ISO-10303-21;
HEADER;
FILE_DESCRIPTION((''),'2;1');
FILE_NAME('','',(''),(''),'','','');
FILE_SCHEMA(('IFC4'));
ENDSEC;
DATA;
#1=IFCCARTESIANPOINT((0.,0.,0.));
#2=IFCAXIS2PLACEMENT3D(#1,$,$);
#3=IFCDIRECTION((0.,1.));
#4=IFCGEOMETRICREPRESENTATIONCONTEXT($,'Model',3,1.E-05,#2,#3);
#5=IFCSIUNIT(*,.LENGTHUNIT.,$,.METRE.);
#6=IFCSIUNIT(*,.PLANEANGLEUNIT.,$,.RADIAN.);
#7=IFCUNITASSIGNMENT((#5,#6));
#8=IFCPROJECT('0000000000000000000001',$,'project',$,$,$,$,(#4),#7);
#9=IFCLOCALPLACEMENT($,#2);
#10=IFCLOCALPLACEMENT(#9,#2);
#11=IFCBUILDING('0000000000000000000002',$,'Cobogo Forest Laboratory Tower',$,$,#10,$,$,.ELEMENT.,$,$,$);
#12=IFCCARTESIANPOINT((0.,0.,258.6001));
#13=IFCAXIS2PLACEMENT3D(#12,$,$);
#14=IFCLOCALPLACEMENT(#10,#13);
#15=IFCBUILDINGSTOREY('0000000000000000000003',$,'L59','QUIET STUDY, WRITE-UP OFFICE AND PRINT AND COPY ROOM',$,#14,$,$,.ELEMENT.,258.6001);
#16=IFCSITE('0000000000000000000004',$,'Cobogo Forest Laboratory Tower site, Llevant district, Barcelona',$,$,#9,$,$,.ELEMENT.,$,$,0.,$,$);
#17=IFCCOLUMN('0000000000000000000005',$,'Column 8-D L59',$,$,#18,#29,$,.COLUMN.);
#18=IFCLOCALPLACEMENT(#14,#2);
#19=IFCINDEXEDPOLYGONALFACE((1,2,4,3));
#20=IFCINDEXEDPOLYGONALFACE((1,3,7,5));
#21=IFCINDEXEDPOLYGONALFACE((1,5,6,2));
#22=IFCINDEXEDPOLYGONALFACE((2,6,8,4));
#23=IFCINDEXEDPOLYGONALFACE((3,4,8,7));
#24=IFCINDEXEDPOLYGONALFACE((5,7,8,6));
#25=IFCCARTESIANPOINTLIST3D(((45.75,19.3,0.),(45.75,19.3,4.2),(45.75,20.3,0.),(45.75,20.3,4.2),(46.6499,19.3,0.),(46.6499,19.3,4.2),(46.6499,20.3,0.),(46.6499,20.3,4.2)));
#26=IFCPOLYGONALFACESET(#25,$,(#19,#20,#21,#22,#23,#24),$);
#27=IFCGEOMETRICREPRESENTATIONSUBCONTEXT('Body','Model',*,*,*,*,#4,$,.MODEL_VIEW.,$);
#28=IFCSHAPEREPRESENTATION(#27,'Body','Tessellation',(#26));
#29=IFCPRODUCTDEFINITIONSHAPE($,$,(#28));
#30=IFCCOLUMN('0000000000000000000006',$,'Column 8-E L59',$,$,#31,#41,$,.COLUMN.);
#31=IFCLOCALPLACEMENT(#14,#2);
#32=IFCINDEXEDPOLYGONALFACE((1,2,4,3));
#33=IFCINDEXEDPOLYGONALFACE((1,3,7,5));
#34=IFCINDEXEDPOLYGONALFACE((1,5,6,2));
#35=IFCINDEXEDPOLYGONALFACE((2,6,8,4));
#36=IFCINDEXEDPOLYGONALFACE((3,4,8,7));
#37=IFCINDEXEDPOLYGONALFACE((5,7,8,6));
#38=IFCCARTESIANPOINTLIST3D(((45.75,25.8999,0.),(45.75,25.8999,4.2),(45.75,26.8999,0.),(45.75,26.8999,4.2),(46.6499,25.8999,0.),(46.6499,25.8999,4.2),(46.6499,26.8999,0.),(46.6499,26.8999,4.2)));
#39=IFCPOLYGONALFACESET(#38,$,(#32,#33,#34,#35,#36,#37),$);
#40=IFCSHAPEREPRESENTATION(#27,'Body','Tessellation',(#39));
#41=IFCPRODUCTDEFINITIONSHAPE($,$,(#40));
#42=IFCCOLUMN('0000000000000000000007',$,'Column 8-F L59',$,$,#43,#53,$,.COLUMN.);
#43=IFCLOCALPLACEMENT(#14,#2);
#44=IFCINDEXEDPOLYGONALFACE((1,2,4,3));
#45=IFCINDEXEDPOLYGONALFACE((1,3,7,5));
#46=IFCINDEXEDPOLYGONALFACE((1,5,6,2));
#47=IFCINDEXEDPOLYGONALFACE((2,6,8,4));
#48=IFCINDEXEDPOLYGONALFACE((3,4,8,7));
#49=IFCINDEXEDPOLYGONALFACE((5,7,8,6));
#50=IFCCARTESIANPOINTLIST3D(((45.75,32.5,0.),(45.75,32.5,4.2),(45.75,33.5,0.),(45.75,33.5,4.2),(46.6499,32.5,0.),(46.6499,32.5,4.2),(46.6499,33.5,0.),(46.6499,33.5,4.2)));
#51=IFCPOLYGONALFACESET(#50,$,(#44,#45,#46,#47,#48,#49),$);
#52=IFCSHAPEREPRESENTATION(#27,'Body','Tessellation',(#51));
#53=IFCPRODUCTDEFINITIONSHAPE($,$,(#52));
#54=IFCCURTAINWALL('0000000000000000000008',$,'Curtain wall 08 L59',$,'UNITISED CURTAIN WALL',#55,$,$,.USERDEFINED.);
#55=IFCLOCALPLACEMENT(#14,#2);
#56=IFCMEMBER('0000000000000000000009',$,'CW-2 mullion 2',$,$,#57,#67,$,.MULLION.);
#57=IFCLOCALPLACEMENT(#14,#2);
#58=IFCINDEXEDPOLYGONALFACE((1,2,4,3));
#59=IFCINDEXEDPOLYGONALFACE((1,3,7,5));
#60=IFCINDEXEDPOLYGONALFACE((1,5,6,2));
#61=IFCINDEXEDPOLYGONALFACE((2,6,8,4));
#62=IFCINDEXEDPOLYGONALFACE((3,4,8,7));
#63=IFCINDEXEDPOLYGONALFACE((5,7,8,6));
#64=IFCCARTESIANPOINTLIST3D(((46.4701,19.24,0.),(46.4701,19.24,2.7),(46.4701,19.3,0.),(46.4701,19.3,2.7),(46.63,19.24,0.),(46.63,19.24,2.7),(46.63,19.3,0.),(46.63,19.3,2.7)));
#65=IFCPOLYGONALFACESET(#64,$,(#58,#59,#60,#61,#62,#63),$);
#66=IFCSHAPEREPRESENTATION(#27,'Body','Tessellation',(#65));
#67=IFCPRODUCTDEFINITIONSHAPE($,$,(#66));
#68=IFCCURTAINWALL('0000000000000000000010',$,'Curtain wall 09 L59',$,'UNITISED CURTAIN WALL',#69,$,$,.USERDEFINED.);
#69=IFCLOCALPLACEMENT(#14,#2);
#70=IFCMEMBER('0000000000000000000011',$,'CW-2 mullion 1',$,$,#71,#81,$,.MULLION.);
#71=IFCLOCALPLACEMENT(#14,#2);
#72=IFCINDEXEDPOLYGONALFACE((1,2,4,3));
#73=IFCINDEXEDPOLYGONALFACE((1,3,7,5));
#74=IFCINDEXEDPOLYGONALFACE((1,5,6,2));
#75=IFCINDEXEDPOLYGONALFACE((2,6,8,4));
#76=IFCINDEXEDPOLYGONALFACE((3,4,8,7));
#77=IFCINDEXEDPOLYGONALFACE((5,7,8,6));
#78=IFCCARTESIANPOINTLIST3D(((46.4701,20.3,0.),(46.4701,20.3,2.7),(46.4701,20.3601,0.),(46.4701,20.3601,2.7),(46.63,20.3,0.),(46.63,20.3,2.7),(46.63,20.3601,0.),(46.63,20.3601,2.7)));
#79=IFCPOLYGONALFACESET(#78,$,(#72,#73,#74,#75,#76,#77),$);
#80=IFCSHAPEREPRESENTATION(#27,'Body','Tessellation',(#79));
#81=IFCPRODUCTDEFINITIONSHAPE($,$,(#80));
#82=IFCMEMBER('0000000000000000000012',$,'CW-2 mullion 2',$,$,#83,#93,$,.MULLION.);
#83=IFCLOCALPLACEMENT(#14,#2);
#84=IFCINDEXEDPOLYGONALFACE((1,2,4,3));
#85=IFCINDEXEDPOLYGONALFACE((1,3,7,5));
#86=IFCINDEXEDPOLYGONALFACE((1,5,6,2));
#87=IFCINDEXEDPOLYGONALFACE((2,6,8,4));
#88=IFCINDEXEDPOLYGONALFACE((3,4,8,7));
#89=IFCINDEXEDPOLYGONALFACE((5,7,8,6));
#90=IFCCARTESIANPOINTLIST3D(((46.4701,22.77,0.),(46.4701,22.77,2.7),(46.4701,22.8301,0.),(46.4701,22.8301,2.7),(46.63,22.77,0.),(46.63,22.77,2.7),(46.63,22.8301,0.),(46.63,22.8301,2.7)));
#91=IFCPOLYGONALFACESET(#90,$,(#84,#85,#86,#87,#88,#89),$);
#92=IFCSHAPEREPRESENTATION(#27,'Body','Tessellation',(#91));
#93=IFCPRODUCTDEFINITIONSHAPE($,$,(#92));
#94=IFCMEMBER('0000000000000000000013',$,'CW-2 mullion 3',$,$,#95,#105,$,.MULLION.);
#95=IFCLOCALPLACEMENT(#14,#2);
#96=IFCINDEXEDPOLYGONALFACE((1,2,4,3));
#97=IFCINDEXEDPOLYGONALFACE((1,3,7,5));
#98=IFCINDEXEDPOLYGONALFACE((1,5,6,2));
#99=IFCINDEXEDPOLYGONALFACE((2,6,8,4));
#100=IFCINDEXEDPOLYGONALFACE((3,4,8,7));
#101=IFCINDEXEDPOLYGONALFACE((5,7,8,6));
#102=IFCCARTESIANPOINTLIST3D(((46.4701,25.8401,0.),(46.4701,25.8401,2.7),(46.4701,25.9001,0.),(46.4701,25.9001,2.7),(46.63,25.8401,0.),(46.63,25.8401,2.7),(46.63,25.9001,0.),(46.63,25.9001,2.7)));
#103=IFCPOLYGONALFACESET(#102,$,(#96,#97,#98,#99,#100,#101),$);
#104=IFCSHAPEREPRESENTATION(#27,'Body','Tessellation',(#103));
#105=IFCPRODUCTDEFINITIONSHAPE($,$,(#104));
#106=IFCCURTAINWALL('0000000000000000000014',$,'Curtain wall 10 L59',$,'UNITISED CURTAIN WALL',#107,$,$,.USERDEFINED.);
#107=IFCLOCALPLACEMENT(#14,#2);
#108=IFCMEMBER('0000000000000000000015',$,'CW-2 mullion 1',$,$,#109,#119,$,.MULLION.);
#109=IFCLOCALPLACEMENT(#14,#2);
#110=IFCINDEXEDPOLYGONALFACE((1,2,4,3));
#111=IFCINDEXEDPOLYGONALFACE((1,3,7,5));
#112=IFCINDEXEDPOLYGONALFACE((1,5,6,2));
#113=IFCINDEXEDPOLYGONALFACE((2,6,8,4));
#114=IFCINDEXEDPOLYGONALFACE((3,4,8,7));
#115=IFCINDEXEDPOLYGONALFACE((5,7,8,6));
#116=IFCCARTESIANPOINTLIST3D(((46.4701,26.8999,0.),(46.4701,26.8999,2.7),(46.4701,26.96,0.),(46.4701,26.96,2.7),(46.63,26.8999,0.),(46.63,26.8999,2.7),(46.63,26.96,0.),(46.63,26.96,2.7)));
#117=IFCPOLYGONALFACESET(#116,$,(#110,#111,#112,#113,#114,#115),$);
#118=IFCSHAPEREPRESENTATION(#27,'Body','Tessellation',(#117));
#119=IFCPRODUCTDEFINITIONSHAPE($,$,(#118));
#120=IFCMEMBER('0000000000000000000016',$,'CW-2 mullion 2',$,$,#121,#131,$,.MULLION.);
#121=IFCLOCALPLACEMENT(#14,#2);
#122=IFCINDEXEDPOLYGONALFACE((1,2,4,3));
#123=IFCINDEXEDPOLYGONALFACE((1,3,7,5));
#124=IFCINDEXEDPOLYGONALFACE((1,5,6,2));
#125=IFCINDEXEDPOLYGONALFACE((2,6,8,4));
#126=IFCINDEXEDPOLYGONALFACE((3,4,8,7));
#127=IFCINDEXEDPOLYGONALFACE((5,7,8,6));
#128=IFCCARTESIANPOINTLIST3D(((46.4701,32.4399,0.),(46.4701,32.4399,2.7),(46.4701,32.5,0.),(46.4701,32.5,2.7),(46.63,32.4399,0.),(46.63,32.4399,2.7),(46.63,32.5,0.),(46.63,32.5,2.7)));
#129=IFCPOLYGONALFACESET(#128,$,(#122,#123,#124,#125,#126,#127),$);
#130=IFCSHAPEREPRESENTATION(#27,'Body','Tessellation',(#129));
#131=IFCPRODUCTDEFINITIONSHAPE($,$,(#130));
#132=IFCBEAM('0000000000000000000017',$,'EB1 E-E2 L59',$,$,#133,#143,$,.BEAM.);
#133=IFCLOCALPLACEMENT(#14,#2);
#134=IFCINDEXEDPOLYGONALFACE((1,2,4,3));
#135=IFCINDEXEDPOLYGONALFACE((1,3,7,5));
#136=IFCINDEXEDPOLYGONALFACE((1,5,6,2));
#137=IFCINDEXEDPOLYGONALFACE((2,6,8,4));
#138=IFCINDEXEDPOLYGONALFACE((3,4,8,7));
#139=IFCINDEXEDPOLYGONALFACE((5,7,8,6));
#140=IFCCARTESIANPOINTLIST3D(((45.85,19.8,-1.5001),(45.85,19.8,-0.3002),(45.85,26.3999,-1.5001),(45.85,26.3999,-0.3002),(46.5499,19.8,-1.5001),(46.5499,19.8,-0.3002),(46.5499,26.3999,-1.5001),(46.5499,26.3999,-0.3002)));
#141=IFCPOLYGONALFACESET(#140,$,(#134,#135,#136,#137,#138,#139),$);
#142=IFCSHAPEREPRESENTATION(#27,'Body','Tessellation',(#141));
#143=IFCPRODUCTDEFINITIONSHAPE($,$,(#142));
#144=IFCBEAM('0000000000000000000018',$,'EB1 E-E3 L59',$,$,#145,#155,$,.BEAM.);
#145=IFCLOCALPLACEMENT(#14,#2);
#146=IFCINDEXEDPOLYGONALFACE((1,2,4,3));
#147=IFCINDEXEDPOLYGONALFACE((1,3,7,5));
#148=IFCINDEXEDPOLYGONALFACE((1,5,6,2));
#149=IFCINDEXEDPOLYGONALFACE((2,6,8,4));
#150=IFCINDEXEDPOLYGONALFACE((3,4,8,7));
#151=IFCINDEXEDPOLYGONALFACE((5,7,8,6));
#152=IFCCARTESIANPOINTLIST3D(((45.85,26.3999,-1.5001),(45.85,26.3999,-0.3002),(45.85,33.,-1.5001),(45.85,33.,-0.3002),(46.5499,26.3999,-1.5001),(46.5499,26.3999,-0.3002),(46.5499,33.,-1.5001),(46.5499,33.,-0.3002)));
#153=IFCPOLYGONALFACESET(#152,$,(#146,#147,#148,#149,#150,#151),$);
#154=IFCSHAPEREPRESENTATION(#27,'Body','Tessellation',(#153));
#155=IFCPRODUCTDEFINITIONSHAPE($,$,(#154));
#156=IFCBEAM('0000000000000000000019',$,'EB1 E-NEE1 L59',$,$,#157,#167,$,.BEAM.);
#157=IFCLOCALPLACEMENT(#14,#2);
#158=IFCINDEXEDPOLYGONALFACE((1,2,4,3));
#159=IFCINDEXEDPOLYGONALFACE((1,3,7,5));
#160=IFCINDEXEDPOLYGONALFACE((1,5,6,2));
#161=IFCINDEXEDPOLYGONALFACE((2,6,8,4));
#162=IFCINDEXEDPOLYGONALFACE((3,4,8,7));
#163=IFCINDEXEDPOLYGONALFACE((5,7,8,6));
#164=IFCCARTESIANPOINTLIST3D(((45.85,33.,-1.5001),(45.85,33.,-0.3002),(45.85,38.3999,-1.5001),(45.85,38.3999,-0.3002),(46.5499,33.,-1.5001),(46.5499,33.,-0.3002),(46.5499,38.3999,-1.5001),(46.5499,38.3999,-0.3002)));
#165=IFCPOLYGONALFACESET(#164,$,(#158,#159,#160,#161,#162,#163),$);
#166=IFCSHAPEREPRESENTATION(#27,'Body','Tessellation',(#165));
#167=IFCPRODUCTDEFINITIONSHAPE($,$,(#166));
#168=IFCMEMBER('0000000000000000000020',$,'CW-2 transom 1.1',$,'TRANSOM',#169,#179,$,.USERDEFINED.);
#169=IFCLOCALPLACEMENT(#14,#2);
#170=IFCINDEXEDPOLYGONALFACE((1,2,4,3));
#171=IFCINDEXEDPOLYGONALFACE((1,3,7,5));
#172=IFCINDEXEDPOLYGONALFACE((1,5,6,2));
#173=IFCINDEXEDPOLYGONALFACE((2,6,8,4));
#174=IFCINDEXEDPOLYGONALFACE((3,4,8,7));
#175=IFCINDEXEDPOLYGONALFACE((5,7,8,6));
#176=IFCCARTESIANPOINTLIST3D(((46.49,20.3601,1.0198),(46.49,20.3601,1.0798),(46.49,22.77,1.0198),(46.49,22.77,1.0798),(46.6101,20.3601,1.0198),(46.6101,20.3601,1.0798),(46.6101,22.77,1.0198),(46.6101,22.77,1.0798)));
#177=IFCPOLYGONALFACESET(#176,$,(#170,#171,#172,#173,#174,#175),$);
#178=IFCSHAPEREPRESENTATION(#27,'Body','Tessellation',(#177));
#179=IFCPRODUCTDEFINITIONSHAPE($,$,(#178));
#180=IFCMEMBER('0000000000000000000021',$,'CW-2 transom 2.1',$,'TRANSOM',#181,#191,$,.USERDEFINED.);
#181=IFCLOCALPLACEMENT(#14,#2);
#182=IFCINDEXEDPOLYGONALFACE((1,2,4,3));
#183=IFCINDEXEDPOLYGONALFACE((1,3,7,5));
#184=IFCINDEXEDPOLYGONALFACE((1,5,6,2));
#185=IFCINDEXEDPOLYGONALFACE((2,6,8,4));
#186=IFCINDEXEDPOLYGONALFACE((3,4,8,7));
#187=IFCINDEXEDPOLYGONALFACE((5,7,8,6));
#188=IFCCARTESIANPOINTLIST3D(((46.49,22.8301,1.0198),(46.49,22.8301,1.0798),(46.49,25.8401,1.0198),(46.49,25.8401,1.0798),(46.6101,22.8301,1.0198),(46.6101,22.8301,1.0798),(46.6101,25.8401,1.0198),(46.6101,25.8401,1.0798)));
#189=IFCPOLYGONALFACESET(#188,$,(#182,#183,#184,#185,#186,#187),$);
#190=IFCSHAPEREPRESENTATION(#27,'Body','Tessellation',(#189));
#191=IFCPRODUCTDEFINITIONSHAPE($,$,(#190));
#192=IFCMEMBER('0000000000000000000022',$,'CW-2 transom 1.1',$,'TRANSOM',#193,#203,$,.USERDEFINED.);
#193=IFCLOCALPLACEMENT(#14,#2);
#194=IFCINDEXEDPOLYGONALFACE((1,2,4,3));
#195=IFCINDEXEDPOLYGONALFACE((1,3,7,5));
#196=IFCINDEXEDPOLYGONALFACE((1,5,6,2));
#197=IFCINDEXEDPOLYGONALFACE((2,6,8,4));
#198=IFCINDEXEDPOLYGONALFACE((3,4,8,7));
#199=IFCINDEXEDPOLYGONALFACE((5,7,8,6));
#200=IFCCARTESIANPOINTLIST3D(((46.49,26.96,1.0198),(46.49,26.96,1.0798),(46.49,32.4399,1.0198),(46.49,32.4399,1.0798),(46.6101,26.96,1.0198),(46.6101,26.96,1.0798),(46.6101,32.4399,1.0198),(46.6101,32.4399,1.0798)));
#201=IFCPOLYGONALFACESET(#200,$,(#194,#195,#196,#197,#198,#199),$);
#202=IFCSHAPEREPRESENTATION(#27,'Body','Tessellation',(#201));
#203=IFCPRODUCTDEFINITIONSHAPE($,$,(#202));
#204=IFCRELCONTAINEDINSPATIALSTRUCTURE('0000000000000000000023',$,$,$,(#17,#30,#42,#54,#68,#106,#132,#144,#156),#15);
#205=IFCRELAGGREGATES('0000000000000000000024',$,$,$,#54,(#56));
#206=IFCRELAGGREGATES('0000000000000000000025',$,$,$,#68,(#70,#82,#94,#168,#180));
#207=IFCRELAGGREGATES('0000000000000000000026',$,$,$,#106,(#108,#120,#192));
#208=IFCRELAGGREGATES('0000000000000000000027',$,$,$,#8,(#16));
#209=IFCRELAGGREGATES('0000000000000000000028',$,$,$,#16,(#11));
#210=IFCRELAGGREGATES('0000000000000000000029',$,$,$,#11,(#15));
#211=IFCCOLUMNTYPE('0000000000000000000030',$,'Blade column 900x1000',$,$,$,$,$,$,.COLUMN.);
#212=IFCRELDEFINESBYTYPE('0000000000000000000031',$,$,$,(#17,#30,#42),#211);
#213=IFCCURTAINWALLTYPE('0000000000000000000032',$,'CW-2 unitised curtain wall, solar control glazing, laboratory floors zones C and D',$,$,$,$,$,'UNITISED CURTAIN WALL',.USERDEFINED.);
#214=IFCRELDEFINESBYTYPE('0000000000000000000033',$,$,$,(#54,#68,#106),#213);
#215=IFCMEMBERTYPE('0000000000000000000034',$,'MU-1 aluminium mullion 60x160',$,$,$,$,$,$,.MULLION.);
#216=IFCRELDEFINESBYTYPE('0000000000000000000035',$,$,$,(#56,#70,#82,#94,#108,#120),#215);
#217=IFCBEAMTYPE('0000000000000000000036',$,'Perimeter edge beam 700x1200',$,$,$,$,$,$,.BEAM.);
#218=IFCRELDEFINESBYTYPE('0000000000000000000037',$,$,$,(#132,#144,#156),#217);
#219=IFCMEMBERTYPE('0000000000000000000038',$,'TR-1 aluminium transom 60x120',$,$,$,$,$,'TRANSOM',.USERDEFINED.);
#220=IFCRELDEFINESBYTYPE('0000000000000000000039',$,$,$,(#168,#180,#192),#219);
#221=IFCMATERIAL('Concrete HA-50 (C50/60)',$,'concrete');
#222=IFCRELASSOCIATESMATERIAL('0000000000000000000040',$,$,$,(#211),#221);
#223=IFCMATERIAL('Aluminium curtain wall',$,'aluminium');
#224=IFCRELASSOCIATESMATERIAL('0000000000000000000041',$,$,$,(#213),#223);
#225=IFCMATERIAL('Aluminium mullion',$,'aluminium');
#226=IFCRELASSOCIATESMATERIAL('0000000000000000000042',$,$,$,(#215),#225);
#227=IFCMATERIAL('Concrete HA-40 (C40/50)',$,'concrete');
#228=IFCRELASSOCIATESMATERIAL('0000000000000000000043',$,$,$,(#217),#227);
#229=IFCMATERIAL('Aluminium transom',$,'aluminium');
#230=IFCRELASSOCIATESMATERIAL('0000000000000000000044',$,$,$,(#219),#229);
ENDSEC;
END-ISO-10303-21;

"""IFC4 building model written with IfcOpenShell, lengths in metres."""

from ifc_helpers import new_model, si_unit, direction, frame, origin, origin_2d, place, context, subcontext, project, spatial, rectangle, extrude, material, material_profile, profile_set, type_object, element, aggregate, save


model = new_model("IFC4")

# Units and contexts
model_context = context("Model", 3, precision=1e-05, world=origin(), true_north=direction((0.0, 1.0)))
body_context = subcontext(model_context, "Body", "Model", "MODEL_VIEW")
ifc_project = project(units=[si_unit("LENGTHUNIT", "METRE"), si_unit("PLANEANGLEUNIT", "RADIAN")], contexts=[model_context])

# Site, building, storey
site_placement = place(None, origin())
site = spatial("IfcSite", under=ifc_project, at=site_placement, Name="Cobogo Forest Laboratory Tower site, Llevant district, Barcelona", CompositionType="ELEMENT", RefElevation=0.0)
building_placement = place(site_placement, origin())
building = spatial("IfcBuilding", under=site, at=building_placement, Name="Cobogo Forest Laboratory Tower", CompositionType="ELEMENT")
storey_placement = place(building_placement, frame((0.0, 0.0, 258.6001)))
storey = spatial("IfcBuildingStorey", under=building, at=storey_placement, Name="L59", Description="QUIET STUDY, WRITE-UP OFFICE AND PRINT AND COPY ROOM", CompositionType="ELEMENT", Elevation=258.6001)

# Columns
ifc_material_1 = material(Name="Concrete HA-50 (C50/60)", Category="concrete")
ifc_material_profile_1 = material_profile(ifc_material_1, rectangle(XDim=1.0, YDim=0.8999, at=origin_2d()), Name="RC 900x1000")
ifc_profile_set_1 = profile_set([ifc_material_profile_1], Name="Concrete HA-50 (C50/60)")
column_type = type_object("IfcColumnType", Name="Blade column 900x1000", PredefinedType="COLUMN", material=ifc_profile_set_1)
for number, where, z_axis, x_axis, name in (
    (1, (46.2, 19.8, 0.0), (0.0, 0.0, 1.0), (0.0, 1.0, 0.0), "Column 8-D L59"),
    (2, (46.2, 26.3999, 0.0), (0.0, 0.0, 1.0), (0.0, 1.0, 0.0), "Column 8-E L59"),
    (3, (46.2, 33.0, 0.0), (0.0, 0.0, 1.0), (0.0, 1.0, 0.0), "Column 8-F L59"),
):
    element("IfcColumn", number, at=place(storey_placement, frame(where, z_axis=z_axis, x_axis=x_axis)), inside=storey, type_object=column_type, Name=name, PredefinedType="COLUMN", context=body_context, shape_type="SweptSolid", body=[
        extrude(rectangle(XDim=1.0, YDim=0.8999, at=origin_2d()), origin(), (0.0, 0.0, 1.0), 4.2),
    ])

# Curtain wall, member
ifc_material_2 = material(Name="Aluminium curtain wall", Category="aluminium")
curtain_wall_type = type_object("IfcCurtainWallType", Name="CW-2 unitised curtain wall, solar control glazing, laboratory floors zones C and D", ElementType="UNITISED CURTAIN WALL", PredefinedType="USERDEFINED", material=ifc_material_2)
curtain_wall_1_placement = place(storey_placement, origin())
curtain_wall_1 = element("IfcCurtainWall", 4, at=curtain_wall_1_placement, inside=storey, type_object=curtain_wall_type, Name="Curtain wall 08 L59", ObjectType="UNITISED CURTAIN WALL", PredefinedType="USERDEFINED")
ifc_material_3 = material(Name="Aluminium mullion", Category="aluminium")
ifc_material_profile_2 = material_profile(ifc_material_3, rectangle(XDim=0.0601, YDim=0.1599, at=origin_2d()), Name="AL 60x160")
ifc_profile_set_2 = profile_set([ifc_material_profile_2], Name="Aluminium mullion")
member_type_1 = type_object("IfcMemberType", Name="MU-1 aluminium mullion 60x160", PredefinedType="MULLION", material=ifc_profile_set_2)
member_1_placement = place(storey_placement, frame((46.55, 19.27, 0.0), z_axis=(0.0, 0.0, 1.0), x_axis=(0.0, 1.0, 0.0)))
member_1 = element("IfcMember", 5, at=member_1_placement, type_object=member_type_1, Name="CW-2 mullion 2", PredefinedType="MULLION", context=body_context, shape_type="SweptSolid", body=[
    extrude(rectangle(XDim=0.0601, YDim=0.1599, at=origin_2d()), origin(), (0.0, 0.0, 1.0), 2.7),
])
aggregate(curtain_wall_1, [member_1])

# Curtain walls, members
curtain_wall_2_placement = place(storey_placement, origin())
curtain_wall_2 = element("IfcCurtainWall", 6, at=curtain_wall_2_placement, inside=storey, type_object=curtain_wall_type, Name="Curtain wall 09 L59", ObjectType="UNITISED CURTAIN WALL", PredefinedType="USERDEFINED")
member_2_placement = place(storey_placement, frame((46.55, 20.3301, 0.0), z_axis=(0.0, 0.0, 1.0), x_axis=(0.0, 1.0, 0.0)))
member_2 = element("IfcMember", 7, at=member_2_placement, type_object=member_type_1, Name="CW-2 mullion 1", PredefinedType="MULLION", context=body_context, shape_type="SweptSolid", body=[
    extrude(rectangle(XDim=0.0601, YDim=0.1599, at=origin_2d()), origin(), (0.0, 0.0, 1.0), 2.7),
])
member_3_placement = place(storey_placement, frame((46.55, 22.8, 0.0), z_axis=(0.0, 0.0, 1.0), x_axis=(0.0, 1.0, 0.0)))
member_3 = element("IfcMember", 8, at=member_3_placement, type_object=member_type_1, Name="CW-2 mullion 2", PredefinedType="MULLION", context=body_context, shape_type="SweptSolid", body=[
    extrude(rectangle(XDim=0.0601, YDim=0.1599, at=origin_2d()), origin(), (0.0, 0.0, 1.0), 2.7),
])
member_4_placement = place(storey_placement, frame((46.55, 25.8701, 0.0), z_axis=(0.0, 0.0, 1.0), x_axis=(0.0, 1.0, 0.0)))
member_4 = element("IfcMember", 9, at=member_4_placement, type_object=member_type_1, Name="CW-2 mullion 3", PredefinedType="MULLION", context=body_context, shape_type="SweptSolid", body=[
    extrude(rectangle(XDim=0.0601, YDim=0.1599, at=origin_2d()), origin(), (0.0, 0.0, 1.0), 2.7),
])
curtain_wall_3_placement = place(storey_placement, origin())
curtain_wall_3 = element("IfcCurtainWall", 10, at=curtain_wall_3_placement, inside=storey, type_object=curtain_wall_type, Name="Curtain wall 10 L59", ObjectType="UNITISED CURTAIN WALL", PredefinedType="USERDEFINED")
member_5_placement = place(storey_placement, frame((46.55, 26.9299, 0.0), z_axis=(0.0, 0.0, 1.0), x_axis=(0.0, 1.0, 0.0)))
member_5 = element("IfcMember", 11, at=member_5_placement, type_object=member_type_1, Name="CW-2 mullion 1", PredefinedType="MULLION", context=body_context, shape_type="SweptSolid", body=[
    extrude(rectangle(XDim=0.0601, YDim=0.1599, at=origin_2d()), origin(), (0.0, 0.0, 1.0), 2.7),
])
member_6_placement = place(storey_placement, frame((46.55, 32.47, 0.0), z_axis=(0.0, 0.0, 1.0), x_axis=(0.0, 1.0, 0.0)))
member_6 = element("IfcMember", 12, at=member_6_placement, type_object=member_type_1, Name="CW-2 mullion 2", PredefinedType="MULLION", context=body_context, shape_type="SweptSolid", body=[
    extrude(rectangle(XDim=0.0601, YDim=0.1599, at=origin_2d()), origin(), (0.0, 0.0, 1.0), 2.7),
])

# Beams
ifc_material_4 = material(Name="Concrete HA-40 (C40/50)", Category="concrete")
ifc_material_profile_3 = material_profile(ifc_material_4, rectangle(XDim=0.7, YDim=1.2, at=origin_2d()), Name="RC 700x1200")
ifc_profile_set_3 = profile_set([ifc_material_profile_3], Name="Concrete HA-40 (C40/50)")
beam_type = type_object("IfcBeamType", Name="Perimeter edge beam 700x1200", PredefinedType="BEAM", material=ifc_profile_set_3)
beam_1_placement = place(storey_placement, frame((46.2, 19.8, -0.9001), z_axis=(0.0, 1.0, 0.0), x_axis=(-1.0, 0.0, 0.0)))
element("IfcBeam", 13, at=beam_1_placement, inside=storey, type_object=beam_type, Name="EB1 E-E2 L59", PredefinedType="BEAM", context=body_context, shape_type="SweptSolid", body=[
    extrude(rectangle(XDim=0.7, YDim=1.2, at=origin_2d()), origin(), (0.0, 0.0, 1.0), 6.5999),
])
beam_2_placement = place(storey_placement, frame((46.2, 26.3999, -0.9001), z_axis=(0.0, 1.0, 0.0), x_axis=(-1.0, 0.0, 0.0)))
element("IfcBeam", 14, at=beam_2_placement, inside=storey, type_object=beam_type, Name="EB1 E-E3 L59", PredefinedType="BEAM", context=body_context, shape_type="SweptSolid", body=[
    extrude(rectangle(XDim=0.7, YDim=1.2, at=origin_2d()), origin(), (0.0, 0.0, 1.0), 6.6001),
])
beam_3_placement = place(storey_placement, frame((46.2, 33.0, -0.9001), z_axis=(0.0, 1.0, 0.0), x_axis=(-1.0, 0.0, 0.0)))
element("IfcBeam", 15, at=beam_3_placement, inside=storey, type_object=beam_type, Name="EB1 E-NEE1 L59", PredefinedType="BEAM", context=body_context, shape_type="SweptSolid", body=[
    extrude(rectangle(XDim=0.7, YDim=1.2, at=origin_2d()), origin(), (0.0, 0.0, 1.0), 5.3999),
])

# Members
ifc_material_5 = material(Name="Aluminium transom", Category="aluminium")
ifc_material_profile_4 = material_profile(ifc_material_5, rectangle(XDim=0.1201, YDim=0.0601, at=origin_2d()), Name="AL 60x120")
ifc_profile_set_4 = profile_set([ifc_material_profile_4], Name="Aluminium transom")
member_type_2 = type_object("IfcMemberType", Name="TR-1 aluminium transom 60x120", ElementType="TRANSOM", PredefinedType="USERDEFINED", material=ifc_profile_set_4)
member_7_placement = place(storey_placement, frame((46.55, 20.3601, 1.0498), z_axis=(0.0, 1.0, 0.0), x_axis=(-1.0, 0.0, 0.0)))
member_7 = element("IfcMember", 16, at=member_7_placement, type_object=member_type_2, Name="CW-2 transom 1.1", ObjectType="TRANSOM", PredefinedType="USERDEFINED", context=body_context, shape_type="SweptSolid", body=[
    extrude(rectangle(XDim=0.1201, YDim=0.0601, at=origin_2d()), origin(), (0.0, 0.0, 1.0), 2.4099),
])
member_8_placement = place(storey_placement, frame((46.55, 22.8301, 1.0498), z_axis=(0.0, 1.0, 0.0), x_axis=(-1.0, 0.0, 0.0)))
member_8 = element("IfcMember", 17, at=member_8_placement, type_object=member_type_2, Name="CW-2 transom 2.1", ObjectType="TRANSOM", PredefinedType="USERDEFINED", context=body_context, shape_type="SweptSolid", body=[
    extrude(rectangle(XDim=0.1201, YDim=0.0601, at=origin_2d()), origin(), (0.0, 0.0, 1.0), 3.01),
])
member_9_placement = place(storey_placement, frame((46.55, 26.96, 1.0498), z_axis=(0.0, 1.0, 0.0), x_axis=(-1.0, 0.0, 0.0)))
member_9 = element("IfcMember", 18, at=member_9_placement, type_object=member_type_2, Name="CW-2 transom 1.1", ObjectType="TRANSOM", PredefinedType="USERDEFINED", context=body_context, shape_type="SweptSolid", body=[
    extrude(rectangle(XDim=0.1201, YDim=0.0601, at=origin_2d()), origin(), (0.0, 0.0, 1.0), 5.48),
])

aggregate(curtain_wall_2, [member_2, member_3, member_4, member_7, member_8])
aggregate(curtain_wall_3, [member_5, member_6, member_9])

save(model, "model.ifc")
